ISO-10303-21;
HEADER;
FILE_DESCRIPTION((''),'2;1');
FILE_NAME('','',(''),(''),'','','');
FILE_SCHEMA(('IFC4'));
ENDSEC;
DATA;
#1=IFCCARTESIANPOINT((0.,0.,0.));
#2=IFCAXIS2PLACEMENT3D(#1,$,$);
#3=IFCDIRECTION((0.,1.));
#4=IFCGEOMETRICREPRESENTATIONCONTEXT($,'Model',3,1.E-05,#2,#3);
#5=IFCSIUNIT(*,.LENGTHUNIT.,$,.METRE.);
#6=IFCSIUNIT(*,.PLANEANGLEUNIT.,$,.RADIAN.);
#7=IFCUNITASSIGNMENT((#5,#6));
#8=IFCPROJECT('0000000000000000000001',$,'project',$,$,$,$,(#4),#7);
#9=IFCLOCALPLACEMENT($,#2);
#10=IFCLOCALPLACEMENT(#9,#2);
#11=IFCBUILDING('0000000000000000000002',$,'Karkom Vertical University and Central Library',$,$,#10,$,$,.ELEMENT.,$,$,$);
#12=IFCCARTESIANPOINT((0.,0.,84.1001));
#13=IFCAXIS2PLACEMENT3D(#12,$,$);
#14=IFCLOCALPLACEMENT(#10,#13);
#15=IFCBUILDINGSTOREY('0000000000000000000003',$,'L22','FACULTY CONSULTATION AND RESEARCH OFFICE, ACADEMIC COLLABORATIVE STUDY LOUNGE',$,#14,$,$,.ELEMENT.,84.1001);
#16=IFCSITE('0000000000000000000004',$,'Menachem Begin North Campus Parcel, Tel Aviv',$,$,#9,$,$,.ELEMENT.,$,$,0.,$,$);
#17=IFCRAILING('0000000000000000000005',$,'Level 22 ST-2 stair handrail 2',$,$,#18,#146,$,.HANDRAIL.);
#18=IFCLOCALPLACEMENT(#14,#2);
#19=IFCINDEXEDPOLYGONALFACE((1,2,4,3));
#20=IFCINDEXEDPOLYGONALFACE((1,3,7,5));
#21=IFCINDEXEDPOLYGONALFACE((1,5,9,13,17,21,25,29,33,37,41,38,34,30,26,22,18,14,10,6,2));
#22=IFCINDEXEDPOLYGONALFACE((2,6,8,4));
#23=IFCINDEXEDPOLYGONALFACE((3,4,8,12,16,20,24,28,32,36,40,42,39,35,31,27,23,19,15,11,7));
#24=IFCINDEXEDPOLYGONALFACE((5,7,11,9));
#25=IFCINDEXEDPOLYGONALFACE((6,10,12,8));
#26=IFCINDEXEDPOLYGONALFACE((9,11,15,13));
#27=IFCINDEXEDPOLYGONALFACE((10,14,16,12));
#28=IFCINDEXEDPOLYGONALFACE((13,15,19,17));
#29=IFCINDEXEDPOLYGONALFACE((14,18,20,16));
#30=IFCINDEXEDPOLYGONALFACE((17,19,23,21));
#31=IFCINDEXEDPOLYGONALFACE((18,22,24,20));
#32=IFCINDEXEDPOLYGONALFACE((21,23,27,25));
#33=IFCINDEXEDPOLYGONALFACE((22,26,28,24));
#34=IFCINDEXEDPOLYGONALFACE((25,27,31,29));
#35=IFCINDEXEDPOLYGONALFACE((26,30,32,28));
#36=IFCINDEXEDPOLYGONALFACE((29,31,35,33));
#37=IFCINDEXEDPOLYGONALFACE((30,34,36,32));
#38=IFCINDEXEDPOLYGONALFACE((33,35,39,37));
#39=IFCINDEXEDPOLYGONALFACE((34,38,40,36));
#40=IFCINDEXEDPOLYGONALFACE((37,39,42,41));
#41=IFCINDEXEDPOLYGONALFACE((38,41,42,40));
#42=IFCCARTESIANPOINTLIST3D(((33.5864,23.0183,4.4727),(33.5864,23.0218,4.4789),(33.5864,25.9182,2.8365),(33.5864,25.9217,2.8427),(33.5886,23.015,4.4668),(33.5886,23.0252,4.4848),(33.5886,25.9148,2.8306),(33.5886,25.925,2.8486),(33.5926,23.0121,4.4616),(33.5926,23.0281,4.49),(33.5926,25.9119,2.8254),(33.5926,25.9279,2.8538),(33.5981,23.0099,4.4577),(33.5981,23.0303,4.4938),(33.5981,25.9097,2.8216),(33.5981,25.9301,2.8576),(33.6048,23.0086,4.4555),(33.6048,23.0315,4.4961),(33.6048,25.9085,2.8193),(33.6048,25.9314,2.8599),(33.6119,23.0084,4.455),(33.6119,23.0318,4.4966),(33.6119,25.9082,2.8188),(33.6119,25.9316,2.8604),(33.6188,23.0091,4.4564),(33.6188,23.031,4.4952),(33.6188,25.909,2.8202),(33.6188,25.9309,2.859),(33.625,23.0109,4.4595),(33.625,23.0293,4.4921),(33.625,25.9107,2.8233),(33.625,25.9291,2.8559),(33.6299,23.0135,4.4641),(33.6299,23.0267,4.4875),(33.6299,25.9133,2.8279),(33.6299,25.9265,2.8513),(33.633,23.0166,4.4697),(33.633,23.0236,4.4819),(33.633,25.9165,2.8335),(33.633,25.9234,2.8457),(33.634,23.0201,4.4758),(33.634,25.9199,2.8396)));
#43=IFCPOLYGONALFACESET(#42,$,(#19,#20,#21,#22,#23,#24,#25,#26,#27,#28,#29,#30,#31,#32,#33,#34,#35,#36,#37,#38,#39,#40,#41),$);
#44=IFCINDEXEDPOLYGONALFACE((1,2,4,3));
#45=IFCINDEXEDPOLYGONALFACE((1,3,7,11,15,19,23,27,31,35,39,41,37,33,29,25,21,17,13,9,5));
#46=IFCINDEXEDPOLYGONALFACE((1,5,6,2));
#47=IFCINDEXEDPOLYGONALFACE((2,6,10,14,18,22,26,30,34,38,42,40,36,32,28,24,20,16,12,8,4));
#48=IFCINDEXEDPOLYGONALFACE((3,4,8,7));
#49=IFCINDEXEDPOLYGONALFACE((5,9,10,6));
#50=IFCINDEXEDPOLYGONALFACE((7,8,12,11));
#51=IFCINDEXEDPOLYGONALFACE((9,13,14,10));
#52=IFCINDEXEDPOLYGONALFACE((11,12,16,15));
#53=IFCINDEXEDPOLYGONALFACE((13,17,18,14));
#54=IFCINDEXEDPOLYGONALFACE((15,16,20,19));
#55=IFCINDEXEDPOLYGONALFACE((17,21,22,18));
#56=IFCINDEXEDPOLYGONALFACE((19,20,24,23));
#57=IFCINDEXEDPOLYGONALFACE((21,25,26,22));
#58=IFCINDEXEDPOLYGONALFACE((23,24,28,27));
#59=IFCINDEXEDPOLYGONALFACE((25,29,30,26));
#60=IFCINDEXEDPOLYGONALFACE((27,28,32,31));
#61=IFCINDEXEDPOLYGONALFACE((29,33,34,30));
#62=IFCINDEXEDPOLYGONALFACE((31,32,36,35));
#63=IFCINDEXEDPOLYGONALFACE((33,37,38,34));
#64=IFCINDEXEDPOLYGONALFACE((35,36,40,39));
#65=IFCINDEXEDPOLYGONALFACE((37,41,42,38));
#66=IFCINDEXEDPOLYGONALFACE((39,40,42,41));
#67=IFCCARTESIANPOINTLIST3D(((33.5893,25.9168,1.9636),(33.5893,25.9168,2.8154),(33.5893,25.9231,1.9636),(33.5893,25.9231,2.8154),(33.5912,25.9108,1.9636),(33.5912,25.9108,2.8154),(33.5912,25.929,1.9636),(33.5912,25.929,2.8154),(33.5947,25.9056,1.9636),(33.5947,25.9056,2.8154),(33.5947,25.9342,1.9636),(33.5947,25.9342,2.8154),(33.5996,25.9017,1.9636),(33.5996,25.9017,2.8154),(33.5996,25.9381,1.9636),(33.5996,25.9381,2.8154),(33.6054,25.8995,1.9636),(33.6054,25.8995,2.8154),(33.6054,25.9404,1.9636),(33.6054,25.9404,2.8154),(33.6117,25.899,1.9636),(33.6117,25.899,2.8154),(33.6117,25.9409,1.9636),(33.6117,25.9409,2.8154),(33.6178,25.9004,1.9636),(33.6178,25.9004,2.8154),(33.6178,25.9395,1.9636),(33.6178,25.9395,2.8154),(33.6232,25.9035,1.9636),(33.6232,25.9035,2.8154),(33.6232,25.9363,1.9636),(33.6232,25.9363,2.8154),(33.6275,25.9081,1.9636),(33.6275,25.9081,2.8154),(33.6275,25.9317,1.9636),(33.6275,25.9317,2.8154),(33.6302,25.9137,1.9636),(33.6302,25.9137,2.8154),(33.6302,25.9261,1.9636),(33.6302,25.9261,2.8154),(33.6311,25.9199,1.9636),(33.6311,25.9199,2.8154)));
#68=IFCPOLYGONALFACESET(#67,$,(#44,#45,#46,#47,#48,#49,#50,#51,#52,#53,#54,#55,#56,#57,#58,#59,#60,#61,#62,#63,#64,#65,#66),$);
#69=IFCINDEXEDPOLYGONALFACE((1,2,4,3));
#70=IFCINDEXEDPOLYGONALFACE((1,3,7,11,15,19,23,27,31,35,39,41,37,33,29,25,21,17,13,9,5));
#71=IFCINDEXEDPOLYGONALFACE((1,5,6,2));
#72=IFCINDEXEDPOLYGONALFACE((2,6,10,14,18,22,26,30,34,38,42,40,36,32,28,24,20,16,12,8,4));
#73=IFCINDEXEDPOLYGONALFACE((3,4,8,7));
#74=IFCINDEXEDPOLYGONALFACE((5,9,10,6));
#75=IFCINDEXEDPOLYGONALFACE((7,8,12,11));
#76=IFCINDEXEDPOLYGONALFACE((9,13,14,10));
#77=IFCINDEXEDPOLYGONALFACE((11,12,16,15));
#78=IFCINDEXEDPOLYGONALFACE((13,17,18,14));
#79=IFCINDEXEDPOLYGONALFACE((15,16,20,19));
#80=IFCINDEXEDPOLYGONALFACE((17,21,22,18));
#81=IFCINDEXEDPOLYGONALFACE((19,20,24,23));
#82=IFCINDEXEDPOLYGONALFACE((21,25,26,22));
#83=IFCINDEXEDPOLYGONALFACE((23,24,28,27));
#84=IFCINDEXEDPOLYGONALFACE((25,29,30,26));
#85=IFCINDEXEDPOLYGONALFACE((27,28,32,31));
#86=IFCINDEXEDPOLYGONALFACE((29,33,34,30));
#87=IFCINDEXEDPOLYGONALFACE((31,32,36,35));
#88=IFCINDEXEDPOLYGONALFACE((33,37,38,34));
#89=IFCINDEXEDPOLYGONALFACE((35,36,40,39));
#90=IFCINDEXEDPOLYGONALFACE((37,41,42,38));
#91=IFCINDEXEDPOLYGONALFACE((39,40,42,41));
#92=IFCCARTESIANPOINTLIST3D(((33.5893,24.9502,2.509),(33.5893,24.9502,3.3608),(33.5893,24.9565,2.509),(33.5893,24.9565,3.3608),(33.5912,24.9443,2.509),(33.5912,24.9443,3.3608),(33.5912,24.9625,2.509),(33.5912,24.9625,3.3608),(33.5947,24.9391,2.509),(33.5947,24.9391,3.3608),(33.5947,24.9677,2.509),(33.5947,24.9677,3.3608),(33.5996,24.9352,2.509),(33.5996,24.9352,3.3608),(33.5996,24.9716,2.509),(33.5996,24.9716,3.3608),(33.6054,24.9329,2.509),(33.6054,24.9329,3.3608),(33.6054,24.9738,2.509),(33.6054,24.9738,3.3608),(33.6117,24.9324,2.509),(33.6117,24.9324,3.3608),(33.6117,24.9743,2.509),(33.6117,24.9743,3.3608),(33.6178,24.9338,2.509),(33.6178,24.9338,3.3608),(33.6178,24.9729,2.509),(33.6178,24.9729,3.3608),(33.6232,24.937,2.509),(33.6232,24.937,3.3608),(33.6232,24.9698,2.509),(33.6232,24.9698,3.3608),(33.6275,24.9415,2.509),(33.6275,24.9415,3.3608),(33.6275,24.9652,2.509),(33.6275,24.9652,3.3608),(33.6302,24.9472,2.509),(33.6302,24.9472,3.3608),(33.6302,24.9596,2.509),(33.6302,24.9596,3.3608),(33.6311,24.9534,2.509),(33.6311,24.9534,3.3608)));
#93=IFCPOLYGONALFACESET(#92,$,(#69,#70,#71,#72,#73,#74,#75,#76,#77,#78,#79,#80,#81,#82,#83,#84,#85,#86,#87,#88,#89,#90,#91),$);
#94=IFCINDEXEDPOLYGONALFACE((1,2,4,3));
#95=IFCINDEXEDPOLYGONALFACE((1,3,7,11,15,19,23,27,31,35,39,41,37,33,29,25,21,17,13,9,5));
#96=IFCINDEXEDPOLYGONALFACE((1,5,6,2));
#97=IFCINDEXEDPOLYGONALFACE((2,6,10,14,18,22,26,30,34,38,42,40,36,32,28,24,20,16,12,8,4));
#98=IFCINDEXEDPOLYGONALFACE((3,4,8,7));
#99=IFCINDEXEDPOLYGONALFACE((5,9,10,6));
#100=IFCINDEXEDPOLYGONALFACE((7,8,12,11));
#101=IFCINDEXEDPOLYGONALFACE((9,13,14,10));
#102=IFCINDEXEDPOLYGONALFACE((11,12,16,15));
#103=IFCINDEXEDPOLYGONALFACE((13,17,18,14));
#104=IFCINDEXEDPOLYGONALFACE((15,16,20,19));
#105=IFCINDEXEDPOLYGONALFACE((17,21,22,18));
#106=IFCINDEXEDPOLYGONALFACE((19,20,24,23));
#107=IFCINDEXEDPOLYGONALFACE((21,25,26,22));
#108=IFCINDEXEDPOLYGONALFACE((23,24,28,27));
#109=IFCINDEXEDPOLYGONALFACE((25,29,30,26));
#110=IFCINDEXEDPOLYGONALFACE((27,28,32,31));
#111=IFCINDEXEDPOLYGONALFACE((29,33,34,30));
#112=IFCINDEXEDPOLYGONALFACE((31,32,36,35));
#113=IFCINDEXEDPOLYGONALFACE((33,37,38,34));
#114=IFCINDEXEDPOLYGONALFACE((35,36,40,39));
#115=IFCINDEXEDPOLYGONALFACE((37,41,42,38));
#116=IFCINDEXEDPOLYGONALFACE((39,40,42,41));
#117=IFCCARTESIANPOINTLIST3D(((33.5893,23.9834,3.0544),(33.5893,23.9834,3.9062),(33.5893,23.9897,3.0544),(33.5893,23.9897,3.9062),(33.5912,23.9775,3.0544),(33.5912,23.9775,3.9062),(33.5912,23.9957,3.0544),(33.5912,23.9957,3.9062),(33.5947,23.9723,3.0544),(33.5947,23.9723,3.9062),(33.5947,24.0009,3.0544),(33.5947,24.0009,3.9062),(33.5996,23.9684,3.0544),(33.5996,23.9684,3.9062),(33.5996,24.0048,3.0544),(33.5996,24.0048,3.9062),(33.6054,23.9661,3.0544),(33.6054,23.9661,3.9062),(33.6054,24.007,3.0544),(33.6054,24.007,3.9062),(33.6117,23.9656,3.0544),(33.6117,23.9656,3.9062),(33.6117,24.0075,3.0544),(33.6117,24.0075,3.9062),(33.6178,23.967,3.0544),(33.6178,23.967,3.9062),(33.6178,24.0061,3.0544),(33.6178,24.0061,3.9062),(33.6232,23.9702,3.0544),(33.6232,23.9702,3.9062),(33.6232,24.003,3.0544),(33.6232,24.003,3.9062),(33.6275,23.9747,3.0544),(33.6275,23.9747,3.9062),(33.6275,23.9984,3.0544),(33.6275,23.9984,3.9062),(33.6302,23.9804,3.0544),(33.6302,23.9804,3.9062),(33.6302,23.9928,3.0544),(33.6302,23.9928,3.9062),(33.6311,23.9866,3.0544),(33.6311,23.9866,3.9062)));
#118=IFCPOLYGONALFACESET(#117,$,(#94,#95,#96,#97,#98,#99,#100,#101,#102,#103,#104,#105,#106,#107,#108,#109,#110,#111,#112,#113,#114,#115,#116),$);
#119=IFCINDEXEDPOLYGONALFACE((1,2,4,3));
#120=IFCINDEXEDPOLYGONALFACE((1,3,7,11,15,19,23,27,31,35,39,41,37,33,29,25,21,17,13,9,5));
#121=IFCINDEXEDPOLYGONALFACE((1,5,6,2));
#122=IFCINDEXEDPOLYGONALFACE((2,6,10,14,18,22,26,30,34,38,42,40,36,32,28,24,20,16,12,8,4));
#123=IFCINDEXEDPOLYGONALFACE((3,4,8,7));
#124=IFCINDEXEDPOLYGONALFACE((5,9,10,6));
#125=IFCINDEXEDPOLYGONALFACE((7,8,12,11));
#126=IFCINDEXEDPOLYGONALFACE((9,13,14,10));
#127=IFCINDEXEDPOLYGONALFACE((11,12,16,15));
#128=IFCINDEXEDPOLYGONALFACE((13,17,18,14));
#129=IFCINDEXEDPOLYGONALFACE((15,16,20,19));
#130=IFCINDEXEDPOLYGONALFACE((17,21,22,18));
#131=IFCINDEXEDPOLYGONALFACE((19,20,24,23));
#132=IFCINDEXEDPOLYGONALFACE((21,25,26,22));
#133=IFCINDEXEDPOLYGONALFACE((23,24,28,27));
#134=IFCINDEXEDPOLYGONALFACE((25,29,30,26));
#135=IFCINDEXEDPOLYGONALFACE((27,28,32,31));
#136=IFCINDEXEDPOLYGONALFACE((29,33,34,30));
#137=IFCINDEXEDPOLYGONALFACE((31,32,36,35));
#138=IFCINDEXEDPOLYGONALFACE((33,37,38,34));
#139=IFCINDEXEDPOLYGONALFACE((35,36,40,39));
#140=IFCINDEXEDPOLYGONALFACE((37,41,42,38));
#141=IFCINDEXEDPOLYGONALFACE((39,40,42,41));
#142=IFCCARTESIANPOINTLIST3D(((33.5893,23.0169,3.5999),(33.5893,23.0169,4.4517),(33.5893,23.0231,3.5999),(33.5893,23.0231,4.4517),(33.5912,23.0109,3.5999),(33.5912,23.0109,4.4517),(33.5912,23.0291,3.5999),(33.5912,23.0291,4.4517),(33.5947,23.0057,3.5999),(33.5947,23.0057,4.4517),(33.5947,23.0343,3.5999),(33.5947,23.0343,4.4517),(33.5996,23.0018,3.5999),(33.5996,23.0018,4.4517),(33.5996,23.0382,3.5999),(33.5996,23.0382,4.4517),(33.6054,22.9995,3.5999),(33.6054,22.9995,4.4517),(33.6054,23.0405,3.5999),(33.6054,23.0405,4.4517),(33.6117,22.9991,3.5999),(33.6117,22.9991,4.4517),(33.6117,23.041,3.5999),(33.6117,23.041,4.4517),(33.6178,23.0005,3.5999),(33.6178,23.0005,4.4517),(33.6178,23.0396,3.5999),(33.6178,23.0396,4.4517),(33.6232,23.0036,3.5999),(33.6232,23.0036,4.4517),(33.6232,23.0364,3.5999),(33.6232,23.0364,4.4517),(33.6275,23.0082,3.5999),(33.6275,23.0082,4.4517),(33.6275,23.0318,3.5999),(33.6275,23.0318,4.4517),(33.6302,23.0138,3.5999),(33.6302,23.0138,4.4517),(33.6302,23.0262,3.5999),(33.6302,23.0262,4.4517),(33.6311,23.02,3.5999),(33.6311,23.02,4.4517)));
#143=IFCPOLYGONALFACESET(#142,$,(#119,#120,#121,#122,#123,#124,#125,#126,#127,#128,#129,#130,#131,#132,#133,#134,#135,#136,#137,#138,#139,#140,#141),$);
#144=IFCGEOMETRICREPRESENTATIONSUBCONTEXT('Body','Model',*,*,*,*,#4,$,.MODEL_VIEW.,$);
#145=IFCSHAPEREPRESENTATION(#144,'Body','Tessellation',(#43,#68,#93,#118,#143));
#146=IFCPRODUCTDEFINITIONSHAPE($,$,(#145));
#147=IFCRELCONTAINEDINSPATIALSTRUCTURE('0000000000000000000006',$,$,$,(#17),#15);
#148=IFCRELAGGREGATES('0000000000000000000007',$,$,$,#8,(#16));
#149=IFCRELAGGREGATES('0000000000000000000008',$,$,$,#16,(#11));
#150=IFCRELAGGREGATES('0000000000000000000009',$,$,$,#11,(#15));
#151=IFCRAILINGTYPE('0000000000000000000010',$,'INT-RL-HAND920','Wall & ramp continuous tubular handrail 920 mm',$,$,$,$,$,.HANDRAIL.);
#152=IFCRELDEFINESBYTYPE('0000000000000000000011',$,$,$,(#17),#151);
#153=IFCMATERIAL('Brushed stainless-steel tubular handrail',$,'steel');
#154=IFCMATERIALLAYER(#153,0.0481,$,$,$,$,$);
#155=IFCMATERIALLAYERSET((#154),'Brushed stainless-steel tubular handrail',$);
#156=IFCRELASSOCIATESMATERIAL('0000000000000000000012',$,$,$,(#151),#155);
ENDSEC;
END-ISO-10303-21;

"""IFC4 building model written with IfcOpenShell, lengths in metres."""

from ifc_helpers import new_model, si_unit, direction, frame, origin, origin_2d, place, context, subcontext, project, spatial, circle, extrude, material, layer, layer_set, type_object, element, save


model = new_model("IFC4")

# Units and contexts
model_context = context("Model", 3, precision=1e-05, world=origin(), true_north=direction((0.0, 1.0)))
body_context = subcontext(model_context, "Body", "Model", "MODEL_VIEW")
ifc_project = project(units=[si_unit("LENGTHUNIT", "METRE"), si_unit("PLANEANGLEUNIT", "RADIAN")], contexts=[model_context])

# Site, building, storey
site_placement = place(None, origin())
site = spatial("IfcSite", under=ifc_project, at=site_placement, Name="Menachem Begin North Campus Parcel, Tel Aviv", CompositionType="ELEMENT", RefElevation=0.0)
building_placement = place(site_placement, origin())
building = spatial("IfcBuilding", under=site, at=building_placement, Name="Karkom Vertical University and Central Library", CompositionType="ELEMENT")
storey_placement = place(building_placement, frame((0.0, 0.0, 84.1001)))
storey = spatial("IfcBuildingStorey", under=building, at=storey_placement, Name="L22", Description="FACULTY CONSULTATION AND RESEARCH OFFICE, ACADEMIC COLLABORATIVE STUDY LOUNGE", CompositionType="ELEMENT", Elevation=84.1001)

# Railing
ifc_material_1 = material(Name="Brushed stainless-steel tubular handrail", Category="steel")
ifc_layer_1 = layer(ifc_material_1, 0.0481)
ifc_layer_set_1 = layer_set([ifc_layer_1], Name="Brushed stainless-steel tubular handrail")
railing_type_1 = type_object("IfcRailingType", Name="INT-RL-HAND920", Description="Wall & ramp continuous tubular handrail 920 mm", PredefinedType="HANDRAIL", material=ifc_layer_set_1)
railing_1_placement = place(storey_placement, frame((33.6101, 25.9199, 1.9636)))
element("IfcRailing", 1, at=railing_1_placement, inside=storey, type_object=railing_type_1, Name="Level 22 ST-2 stair handrail 2", PredefinedType="HANDRAIL", context=body_context, shape_type="SweptSolid", body=[
    extrude(circle(Radius=0.0239, at=origin_2d()), frame((0.0, 0.0, 0.876), z_axis=(0.0, -0.870929, 0.49141), x_axis=(1.0, 0.0, 0.0)), (0.0, 0.0, 1.0), 3.3296),
    extrude(circle(Radius=0.021, at=origin_2d()), origin(), (0.0, 0.0, 1.0), 0.8518),
    extrude(circle(Radius=0.021, at=origin_2d()), frame((0.0, -0.9666, 0.5454)), (0.0, 0.0, 1.0), 0.8518),
    extrude(circle(Radius=0.021, at=origin_2d()), frame((0.0, -1.9333, 1.0908)), (0.0, 0.0, 1.0), 0.8518),
    extrude(circle(Radius=0.021, at=origin_2d()), frame((0.0, -2.8999, 1.6362)), (0.0, 0.0, 1.0), 0.8518),
])

save(model, "model.ifc")
